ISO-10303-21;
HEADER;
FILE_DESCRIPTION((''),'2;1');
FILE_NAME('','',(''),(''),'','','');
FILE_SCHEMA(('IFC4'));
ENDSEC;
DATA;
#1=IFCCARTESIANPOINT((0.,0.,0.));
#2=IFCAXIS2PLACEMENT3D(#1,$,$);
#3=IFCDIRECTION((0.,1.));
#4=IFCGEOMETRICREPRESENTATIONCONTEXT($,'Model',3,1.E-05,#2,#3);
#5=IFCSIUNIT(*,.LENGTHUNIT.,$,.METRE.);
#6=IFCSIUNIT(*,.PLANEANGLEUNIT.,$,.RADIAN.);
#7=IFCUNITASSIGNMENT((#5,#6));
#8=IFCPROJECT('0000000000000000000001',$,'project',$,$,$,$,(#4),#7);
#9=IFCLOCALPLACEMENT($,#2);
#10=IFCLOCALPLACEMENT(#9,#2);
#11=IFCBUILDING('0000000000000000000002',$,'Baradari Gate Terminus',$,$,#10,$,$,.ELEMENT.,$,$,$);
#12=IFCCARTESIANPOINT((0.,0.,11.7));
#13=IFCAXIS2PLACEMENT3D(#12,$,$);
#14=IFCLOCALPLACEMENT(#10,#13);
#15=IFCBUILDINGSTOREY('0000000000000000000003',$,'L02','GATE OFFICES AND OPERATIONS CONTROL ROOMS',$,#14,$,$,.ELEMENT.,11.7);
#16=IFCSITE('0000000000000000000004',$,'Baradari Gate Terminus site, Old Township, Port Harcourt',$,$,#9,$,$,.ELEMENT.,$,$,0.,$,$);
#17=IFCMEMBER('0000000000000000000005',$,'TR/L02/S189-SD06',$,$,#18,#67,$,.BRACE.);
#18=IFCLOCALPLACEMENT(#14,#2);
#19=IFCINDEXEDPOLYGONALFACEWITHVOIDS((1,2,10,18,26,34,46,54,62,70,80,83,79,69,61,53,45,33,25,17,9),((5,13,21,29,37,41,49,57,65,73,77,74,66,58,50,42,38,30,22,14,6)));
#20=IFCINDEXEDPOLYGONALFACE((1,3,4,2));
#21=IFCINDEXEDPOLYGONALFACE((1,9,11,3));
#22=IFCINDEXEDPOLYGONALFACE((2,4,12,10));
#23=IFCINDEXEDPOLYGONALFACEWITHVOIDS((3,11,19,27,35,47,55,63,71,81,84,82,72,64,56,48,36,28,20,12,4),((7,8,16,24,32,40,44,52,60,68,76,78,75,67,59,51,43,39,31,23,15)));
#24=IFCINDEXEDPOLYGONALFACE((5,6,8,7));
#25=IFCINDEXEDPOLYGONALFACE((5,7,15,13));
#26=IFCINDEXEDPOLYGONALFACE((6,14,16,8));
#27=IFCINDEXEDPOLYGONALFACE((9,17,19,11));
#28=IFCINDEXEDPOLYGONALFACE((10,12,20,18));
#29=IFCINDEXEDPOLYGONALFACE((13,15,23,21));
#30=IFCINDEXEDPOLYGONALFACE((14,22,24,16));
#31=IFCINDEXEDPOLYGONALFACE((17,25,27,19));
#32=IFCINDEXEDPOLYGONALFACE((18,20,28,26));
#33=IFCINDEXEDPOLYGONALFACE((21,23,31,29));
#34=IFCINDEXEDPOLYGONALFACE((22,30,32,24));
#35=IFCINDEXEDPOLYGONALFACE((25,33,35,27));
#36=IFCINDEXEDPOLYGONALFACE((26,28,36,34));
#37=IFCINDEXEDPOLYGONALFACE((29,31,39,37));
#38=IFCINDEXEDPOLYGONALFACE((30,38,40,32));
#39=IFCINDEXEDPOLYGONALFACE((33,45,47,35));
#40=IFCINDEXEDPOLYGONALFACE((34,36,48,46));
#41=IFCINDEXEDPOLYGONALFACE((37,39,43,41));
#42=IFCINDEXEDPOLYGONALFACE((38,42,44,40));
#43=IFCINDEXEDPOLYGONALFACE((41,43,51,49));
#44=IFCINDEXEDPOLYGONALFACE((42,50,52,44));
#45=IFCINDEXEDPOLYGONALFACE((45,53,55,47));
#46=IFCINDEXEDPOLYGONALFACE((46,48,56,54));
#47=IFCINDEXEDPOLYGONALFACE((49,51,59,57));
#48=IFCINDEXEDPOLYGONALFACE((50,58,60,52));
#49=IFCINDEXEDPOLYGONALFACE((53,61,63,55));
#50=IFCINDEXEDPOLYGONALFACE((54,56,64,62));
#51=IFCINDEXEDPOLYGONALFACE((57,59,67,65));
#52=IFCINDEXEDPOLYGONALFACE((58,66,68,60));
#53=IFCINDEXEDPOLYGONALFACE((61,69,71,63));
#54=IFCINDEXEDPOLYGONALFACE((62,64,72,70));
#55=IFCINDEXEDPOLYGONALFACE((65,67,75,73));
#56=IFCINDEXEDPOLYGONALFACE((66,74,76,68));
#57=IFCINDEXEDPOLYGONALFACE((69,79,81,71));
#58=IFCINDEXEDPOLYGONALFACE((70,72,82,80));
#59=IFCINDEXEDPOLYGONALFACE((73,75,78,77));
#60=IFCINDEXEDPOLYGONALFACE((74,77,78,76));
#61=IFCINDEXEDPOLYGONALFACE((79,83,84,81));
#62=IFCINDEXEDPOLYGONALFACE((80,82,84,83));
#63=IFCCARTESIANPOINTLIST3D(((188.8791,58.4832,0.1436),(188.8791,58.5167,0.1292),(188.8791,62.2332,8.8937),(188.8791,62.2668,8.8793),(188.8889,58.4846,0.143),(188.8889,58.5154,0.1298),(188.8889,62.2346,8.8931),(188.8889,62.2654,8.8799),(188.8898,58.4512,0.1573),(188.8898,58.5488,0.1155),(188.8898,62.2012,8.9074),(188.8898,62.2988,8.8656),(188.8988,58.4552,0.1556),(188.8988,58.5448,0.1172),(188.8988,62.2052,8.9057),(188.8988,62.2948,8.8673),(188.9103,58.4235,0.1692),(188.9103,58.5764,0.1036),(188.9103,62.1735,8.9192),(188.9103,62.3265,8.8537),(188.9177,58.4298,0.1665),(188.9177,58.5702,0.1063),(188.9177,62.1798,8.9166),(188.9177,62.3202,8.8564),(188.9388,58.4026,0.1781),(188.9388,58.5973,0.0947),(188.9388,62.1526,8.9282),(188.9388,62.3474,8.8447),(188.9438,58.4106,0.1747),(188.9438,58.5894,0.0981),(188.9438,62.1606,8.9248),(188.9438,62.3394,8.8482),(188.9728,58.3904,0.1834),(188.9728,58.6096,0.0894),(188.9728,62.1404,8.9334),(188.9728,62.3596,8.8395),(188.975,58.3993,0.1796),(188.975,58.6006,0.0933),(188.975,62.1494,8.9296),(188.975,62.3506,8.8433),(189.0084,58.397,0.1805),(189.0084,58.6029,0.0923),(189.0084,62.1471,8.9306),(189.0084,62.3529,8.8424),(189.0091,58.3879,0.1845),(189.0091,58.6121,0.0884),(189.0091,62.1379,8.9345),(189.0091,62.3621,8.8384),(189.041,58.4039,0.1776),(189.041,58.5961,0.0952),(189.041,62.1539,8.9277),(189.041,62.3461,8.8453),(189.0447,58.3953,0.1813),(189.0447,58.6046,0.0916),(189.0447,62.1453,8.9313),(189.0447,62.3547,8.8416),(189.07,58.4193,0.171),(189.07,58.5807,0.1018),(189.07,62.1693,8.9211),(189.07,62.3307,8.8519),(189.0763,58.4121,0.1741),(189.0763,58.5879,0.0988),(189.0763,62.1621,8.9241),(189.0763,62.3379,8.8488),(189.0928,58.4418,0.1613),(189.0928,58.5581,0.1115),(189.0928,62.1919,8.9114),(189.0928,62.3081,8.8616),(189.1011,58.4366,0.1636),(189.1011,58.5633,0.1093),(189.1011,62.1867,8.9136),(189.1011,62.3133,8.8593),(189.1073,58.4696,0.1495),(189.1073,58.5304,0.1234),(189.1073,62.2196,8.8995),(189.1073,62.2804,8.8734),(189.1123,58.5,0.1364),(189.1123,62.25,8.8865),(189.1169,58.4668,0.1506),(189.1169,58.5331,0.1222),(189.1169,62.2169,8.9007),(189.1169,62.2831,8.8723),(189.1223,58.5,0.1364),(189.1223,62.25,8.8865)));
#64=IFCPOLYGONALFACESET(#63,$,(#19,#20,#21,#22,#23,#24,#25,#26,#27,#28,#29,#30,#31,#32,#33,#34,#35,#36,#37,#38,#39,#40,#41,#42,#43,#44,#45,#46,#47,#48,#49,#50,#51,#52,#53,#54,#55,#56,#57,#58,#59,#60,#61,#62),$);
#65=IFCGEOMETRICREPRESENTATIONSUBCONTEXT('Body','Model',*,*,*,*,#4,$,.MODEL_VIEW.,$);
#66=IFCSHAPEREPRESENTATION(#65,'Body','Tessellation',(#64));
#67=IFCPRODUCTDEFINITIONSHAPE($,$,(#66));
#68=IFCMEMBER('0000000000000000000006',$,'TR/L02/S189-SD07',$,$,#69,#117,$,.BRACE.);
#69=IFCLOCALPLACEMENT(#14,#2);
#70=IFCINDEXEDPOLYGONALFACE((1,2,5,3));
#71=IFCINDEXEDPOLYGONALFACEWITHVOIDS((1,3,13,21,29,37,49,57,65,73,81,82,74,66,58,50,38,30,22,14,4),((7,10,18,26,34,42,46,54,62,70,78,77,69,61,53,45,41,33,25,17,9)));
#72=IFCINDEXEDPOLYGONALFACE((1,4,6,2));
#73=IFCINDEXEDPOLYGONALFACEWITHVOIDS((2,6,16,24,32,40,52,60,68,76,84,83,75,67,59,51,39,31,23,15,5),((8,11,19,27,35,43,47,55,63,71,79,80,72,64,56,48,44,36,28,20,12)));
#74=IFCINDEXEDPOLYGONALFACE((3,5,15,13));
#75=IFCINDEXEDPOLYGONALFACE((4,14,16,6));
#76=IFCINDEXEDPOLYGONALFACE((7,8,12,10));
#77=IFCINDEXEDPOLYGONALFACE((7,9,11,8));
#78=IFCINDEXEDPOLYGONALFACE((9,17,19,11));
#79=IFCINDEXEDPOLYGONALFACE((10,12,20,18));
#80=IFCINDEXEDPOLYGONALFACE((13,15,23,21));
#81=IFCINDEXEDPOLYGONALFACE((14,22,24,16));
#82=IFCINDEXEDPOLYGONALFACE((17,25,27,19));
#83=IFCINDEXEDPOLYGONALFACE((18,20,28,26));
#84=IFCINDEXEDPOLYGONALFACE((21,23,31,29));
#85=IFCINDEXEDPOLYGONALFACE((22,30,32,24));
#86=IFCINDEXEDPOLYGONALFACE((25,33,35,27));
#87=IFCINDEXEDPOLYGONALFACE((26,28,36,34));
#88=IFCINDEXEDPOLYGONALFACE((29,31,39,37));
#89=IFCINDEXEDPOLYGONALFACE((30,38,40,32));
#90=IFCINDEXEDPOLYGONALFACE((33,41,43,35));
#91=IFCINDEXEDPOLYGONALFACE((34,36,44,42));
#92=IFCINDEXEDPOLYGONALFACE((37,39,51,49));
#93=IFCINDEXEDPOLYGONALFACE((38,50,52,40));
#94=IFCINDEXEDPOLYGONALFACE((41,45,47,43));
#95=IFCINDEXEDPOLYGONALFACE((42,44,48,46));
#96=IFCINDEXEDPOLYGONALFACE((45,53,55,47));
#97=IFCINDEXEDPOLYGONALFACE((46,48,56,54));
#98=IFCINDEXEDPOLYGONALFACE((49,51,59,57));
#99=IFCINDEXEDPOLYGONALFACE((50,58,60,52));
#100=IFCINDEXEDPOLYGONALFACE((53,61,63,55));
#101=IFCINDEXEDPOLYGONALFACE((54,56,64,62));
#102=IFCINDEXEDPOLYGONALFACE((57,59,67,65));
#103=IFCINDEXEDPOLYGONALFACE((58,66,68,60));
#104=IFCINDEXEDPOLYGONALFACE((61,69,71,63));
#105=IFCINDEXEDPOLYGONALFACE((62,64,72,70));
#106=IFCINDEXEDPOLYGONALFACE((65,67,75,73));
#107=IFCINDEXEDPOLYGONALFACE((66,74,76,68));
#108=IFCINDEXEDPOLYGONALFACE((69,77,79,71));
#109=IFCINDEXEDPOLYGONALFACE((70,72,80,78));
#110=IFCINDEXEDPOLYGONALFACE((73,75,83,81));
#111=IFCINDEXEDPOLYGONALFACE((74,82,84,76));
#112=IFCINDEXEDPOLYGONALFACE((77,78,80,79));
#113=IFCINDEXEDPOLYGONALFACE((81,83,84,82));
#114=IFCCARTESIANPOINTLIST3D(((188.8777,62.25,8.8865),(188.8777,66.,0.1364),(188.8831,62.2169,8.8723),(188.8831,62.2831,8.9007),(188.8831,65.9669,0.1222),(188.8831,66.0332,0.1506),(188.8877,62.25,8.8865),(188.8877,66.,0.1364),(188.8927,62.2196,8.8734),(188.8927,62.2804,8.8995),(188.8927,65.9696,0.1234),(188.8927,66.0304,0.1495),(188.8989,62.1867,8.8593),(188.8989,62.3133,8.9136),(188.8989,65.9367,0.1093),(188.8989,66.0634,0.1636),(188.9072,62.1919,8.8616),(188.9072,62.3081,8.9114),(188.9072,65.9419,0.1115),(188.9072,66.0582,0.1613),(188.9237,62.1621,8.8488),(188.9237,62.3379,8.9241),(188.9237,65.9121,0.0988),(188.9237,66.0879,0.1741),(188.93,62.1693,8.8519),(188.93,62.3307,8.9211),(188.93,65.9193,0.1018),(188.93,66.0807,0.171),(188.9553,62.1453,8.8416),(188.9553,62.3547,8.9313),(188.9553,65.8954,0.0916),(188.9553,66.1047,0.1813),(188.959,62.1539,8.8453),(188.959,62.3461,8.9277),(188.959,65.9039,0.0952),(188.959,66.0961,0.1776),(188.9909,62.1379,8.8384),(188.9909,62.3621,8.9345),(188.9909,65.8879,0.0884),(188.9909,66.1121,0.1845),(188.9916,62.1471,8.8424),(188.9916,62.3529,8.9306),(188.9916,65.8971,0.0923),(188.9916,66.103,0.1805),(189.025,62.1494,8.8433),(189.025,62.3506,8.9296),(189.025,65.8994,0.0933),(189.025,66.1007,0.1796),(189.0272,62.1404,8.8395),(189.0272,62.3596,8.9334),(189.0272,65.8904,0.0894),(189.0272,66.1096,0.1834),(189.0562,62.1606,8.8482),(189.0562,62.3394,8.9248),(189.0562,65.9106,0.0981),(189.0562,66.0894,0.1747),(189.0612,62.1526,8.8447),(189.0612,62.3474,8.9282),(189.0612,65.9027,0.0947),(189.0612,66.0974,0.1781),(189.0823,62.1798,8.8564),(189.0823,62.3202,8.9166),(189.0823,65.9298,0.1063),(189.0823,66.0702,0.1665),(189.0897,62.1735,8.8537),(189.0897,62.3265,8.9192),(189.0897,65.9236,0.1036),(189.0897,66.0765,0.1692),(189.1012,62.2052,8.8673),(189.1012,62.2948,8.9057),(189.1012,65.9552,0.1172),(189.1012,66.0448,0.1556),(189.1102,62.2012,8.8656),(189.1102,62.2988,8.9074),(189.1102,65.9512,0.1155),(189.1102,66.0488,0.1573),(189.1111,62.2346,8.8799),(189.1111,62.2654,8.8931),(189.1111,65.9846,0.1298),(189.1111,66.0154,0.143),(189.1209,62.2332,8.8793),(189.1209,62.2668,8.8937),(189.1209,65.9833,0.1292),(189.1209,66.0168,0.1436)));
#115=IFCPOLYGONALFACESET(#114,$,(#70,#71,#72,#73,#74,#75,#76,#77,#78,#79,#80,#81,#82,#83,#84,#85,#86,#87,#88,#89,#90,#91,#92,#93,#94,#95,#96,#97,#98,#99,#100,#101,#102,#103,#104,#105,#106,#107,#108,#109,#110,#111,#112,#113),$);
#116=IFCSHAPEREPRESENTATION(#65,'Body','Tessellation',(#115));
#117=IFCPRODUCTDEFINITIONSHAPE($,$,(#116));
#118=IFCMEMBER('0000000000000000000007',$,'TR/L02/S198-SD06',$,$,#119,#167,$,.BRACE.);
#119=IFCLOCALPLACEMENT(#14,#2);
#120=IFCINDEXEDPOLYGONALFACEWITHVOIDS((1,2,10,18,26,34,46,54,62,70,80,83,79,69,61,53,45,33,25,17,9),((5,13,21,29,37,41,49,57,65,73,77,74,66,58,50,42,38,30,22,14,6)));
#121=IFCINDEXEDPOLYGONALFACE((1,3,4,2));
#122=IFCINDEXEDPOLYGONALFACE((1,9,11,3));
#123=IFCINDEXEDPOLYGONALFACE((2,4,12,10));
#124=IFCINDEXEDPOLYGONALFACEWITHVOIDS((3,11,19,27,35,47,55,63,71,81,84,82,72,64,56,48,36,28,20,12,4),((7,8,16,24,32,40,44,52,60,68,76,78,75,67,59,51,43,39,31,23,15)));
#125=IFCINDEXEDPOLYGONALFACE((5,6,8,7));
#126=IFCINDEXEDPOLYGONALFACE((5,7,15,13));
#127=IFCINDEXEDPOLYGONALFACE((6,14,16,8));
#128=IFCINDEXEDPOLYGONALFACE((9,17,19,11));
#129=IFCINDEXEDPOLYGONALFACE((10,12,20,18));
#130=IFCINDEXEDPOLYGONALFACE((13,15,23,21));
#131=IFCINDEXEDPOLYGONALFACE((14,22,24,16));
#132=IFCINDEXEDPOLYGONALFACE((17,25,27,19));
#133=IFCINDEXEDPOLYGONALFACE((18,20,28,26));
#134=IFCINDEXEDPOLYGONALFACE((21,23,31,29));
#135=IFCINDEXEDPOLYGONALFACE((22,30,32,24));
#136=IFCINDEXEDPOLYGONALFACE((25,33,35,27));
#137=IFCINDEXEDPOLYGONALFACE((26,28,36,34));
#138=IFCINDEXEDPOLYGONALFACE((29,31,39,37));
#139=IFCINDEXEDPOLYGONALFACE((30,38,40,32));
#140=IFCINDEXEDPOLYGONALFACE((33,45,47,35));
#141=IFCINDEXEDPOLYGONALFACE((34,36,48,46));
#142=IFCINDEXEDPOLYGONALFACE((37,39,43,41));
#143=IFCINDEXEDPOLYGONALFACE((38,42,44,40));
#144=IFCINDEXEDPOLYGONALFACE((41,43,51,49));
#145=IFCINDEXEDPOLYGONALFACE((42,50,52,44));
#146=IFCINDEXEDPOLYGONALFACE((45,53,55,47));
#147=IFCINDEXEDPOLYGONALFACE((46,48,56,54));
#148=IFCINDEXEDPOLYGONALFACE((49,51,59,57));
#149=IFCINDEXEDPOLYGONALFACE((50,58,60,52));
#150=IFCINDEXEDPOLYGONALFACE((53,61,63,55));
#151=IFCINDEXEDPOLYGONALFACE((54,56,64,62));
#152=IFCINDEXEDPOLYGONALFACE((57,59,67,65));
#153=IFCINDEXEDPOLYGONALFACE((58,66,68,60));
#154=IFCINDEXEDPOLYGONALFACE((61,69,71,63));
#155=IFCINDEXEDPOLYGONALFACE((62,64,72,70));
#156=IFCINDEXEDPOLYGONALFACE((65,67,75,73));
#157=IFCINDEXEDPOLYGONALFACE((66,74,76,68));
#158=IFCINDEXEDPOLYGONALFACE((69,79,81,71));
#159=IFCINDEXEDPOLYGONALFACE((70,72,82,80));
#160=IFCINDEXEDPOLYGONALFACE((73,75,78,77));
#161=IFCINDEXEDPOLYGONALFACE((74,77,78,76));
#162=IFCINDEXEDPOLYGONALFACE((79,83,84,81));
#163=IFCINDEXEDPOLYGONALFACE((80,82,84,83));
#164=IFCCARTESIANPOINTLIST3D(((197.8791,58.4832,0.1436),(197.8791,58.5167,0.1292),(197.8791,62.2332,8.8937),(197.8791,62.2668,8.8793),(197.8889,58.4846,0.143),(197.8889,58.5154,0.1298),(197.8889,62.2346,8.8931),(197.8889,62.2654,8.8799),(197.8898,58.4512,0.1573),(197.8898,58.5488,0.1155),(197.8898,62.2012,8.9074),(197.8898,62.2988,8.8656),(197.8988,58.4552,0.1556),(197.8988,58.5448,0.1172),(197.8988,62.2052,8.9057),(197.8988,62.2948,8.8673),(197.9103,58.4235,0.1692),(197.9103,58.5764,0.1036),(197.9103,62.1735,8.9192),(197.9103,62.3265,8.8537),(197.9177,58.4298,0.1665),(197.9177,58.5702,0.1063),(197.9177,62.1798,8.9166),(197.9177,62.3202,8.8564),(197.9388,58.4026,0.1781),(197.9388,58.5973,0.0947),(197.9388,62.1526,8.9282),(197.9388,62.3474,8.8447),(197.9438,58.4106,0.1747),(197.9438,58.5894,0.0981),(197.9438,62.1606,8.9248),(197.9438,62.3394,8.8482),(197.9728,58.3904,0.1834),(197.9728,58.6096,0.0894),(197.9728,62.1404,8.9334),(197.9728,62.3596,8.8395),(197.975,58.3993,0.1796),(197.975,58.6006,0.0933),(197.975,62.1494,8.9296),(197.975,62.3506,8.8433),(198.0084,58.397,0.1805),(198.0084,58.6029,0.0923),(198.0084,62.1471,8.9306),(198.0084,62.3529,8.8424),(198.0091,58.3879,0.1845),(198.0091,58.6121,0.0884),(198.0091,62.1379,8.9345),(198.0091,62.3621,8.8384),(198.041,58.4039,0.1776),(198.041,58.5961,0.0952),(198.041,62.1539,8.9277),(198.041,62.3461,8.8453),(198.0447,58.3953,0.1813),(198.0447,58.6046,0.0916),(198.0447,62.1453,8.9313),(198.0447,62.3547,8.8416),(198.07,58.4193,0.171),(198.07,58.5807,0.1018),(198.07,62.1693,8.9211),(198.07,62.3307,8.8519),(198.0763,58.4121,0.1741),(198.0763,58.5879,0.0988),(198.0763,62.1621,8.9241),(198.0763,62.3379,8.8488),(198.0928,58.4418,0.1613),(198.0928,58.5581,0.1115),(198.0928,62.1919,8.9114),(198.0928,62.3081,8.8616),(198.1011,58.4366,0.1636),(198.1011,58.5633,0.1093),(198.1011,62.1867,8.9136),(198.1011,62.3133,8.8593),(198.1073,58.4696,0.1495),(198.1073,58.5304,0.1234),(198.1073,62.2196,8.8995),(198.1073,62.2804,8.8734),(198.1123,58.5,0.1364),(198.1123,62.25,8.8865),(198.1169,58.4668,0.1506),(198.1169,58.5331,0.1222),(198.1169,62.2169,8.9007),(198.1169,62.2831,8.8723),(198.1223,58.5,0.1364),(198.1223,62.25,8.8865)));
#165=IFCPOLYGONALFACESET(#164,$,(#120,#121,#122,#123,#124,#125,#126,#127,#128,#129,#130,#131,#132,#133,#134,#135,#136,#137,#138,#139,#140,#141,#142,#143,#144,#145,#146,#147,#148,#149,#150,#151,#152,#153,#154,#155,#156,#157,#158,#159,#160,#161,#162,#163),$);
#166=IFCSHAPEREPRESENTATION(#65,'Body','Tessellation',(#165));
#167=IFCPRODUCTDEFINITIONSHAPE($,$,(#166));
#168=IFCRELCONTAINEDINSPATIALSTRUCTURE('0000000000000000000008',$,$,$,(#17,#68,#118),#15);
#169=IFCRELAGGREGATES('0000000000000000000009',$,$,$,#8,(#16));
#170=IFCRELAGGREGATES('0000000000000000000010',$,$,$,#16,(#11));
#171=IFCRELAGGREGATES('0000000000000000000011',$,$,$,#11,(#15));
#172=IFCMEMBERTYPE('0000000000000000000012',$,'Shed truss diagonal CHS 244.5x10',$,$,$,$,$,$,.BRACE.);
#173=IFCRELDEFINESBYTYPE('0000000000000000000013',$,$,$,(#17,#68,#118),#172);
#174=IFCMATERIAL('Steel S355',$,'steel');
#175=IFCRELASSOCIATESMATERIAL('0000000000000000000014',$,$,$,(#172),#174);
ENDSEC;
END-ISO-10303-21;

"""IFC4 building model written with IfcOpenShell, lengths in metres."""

from ifc_helpers import new_model, si_unit, direction, frame, origin, origin_2d, place, context, subcontext, project, spatial, hollow_circle, extrude, material, material_profile, profile_set, type_object, element, save


model = new_model("IFC4")

# Units and contexts
model_context = context("Model", 3, precision=1e-05, world=origin(), true_north=direction((0.0, 1.0)))
body_context = subcontext(model_context, "Body", "Model", "MODEL_VIEW")
ifc_project = project(units=[si_unit("LENGTHUNIT", "METRE"), si_unit("PLANEANGLEUNIT", "RADIAN")], contexts=[model_context])

# Site, building, storey
site_placement = place(None, origin())
site = spatial("IfcSite", under=ifc_project, at=site_placement, Name="Baradari Gate Terminus site, Old Township, Port Harcourt", CompositionType="ELEMENT", RefElevation=0.0)
building_placement = place(site_placement, origin())
building = spatial("IfcBuilding", under=site, at=building_placement, Name="Baradari Gate Terminus", CompositionType="ELEMENT")
storey_placement = place(building_placement, frame((0.0, 0.0, 11.7)))
storey = spatial("IfcBuildingStorey", under=building, at=storey_placement, Name="L02", Description="GATE OFFICES AND OPERATIONS CONTROL ROOMS", CompositionType="ELEMENT", Elevation=11.7)

# Members
ifc_material_1 = material(Name="Steel S355", Category="steel")
ifc_material_profile_1 = material_profile(ifc_material_1, hollow_circle(Radius=0.1223, WallThickness=0.01, at=origin_2d()), Name="CHS 244.5x10")
ifc_profile_set_1 = profile_set([ifc_material_profile_1], Name="Steel S355")
member_type_1 = type_object("IfcMemberType", Name="Shed truss diagonal CHS 244.5x10", PredefinedType="BRACE", material=ifc_profile_set_1)
for number, where, z_axis, x_axis, name in (
    (1, (189.0, 62.25, 8.8865), (0.0, -0.393919, -0.919145), (1.0, 0.0, 0.0), "TR/L02/S189-SD06"),
    (2, (189.0, 62.25, 8.8865), (0.0, 0.393919, -0.919145), (-1.0, 0.0, 0.0), "TR/L02/S189-SD07"),
    (3, (198.0, 62.25, 8.8865), (0.0, -0.393919, -0.919145), (1.0, 0.0, 0.0), "TR/L02/S198-SD06"),
):
    element("IfcMember", number, at=place(storey_placement, frame(where, z_axis=z_axis, x_axis=x_axis)), inside=storey, type_object=member_type_1, Name=name, PredefinedType="BRACE", context=body_context, shape_type="SweptSolid", body=[
        extrude(hollow_circle(Radius=0.1223, WallThickness=0.01, at=origin_2d()), origin(), (0.0, 0.0, 1.0), 9.5198),
    ])

save(model, "model.ifc")
